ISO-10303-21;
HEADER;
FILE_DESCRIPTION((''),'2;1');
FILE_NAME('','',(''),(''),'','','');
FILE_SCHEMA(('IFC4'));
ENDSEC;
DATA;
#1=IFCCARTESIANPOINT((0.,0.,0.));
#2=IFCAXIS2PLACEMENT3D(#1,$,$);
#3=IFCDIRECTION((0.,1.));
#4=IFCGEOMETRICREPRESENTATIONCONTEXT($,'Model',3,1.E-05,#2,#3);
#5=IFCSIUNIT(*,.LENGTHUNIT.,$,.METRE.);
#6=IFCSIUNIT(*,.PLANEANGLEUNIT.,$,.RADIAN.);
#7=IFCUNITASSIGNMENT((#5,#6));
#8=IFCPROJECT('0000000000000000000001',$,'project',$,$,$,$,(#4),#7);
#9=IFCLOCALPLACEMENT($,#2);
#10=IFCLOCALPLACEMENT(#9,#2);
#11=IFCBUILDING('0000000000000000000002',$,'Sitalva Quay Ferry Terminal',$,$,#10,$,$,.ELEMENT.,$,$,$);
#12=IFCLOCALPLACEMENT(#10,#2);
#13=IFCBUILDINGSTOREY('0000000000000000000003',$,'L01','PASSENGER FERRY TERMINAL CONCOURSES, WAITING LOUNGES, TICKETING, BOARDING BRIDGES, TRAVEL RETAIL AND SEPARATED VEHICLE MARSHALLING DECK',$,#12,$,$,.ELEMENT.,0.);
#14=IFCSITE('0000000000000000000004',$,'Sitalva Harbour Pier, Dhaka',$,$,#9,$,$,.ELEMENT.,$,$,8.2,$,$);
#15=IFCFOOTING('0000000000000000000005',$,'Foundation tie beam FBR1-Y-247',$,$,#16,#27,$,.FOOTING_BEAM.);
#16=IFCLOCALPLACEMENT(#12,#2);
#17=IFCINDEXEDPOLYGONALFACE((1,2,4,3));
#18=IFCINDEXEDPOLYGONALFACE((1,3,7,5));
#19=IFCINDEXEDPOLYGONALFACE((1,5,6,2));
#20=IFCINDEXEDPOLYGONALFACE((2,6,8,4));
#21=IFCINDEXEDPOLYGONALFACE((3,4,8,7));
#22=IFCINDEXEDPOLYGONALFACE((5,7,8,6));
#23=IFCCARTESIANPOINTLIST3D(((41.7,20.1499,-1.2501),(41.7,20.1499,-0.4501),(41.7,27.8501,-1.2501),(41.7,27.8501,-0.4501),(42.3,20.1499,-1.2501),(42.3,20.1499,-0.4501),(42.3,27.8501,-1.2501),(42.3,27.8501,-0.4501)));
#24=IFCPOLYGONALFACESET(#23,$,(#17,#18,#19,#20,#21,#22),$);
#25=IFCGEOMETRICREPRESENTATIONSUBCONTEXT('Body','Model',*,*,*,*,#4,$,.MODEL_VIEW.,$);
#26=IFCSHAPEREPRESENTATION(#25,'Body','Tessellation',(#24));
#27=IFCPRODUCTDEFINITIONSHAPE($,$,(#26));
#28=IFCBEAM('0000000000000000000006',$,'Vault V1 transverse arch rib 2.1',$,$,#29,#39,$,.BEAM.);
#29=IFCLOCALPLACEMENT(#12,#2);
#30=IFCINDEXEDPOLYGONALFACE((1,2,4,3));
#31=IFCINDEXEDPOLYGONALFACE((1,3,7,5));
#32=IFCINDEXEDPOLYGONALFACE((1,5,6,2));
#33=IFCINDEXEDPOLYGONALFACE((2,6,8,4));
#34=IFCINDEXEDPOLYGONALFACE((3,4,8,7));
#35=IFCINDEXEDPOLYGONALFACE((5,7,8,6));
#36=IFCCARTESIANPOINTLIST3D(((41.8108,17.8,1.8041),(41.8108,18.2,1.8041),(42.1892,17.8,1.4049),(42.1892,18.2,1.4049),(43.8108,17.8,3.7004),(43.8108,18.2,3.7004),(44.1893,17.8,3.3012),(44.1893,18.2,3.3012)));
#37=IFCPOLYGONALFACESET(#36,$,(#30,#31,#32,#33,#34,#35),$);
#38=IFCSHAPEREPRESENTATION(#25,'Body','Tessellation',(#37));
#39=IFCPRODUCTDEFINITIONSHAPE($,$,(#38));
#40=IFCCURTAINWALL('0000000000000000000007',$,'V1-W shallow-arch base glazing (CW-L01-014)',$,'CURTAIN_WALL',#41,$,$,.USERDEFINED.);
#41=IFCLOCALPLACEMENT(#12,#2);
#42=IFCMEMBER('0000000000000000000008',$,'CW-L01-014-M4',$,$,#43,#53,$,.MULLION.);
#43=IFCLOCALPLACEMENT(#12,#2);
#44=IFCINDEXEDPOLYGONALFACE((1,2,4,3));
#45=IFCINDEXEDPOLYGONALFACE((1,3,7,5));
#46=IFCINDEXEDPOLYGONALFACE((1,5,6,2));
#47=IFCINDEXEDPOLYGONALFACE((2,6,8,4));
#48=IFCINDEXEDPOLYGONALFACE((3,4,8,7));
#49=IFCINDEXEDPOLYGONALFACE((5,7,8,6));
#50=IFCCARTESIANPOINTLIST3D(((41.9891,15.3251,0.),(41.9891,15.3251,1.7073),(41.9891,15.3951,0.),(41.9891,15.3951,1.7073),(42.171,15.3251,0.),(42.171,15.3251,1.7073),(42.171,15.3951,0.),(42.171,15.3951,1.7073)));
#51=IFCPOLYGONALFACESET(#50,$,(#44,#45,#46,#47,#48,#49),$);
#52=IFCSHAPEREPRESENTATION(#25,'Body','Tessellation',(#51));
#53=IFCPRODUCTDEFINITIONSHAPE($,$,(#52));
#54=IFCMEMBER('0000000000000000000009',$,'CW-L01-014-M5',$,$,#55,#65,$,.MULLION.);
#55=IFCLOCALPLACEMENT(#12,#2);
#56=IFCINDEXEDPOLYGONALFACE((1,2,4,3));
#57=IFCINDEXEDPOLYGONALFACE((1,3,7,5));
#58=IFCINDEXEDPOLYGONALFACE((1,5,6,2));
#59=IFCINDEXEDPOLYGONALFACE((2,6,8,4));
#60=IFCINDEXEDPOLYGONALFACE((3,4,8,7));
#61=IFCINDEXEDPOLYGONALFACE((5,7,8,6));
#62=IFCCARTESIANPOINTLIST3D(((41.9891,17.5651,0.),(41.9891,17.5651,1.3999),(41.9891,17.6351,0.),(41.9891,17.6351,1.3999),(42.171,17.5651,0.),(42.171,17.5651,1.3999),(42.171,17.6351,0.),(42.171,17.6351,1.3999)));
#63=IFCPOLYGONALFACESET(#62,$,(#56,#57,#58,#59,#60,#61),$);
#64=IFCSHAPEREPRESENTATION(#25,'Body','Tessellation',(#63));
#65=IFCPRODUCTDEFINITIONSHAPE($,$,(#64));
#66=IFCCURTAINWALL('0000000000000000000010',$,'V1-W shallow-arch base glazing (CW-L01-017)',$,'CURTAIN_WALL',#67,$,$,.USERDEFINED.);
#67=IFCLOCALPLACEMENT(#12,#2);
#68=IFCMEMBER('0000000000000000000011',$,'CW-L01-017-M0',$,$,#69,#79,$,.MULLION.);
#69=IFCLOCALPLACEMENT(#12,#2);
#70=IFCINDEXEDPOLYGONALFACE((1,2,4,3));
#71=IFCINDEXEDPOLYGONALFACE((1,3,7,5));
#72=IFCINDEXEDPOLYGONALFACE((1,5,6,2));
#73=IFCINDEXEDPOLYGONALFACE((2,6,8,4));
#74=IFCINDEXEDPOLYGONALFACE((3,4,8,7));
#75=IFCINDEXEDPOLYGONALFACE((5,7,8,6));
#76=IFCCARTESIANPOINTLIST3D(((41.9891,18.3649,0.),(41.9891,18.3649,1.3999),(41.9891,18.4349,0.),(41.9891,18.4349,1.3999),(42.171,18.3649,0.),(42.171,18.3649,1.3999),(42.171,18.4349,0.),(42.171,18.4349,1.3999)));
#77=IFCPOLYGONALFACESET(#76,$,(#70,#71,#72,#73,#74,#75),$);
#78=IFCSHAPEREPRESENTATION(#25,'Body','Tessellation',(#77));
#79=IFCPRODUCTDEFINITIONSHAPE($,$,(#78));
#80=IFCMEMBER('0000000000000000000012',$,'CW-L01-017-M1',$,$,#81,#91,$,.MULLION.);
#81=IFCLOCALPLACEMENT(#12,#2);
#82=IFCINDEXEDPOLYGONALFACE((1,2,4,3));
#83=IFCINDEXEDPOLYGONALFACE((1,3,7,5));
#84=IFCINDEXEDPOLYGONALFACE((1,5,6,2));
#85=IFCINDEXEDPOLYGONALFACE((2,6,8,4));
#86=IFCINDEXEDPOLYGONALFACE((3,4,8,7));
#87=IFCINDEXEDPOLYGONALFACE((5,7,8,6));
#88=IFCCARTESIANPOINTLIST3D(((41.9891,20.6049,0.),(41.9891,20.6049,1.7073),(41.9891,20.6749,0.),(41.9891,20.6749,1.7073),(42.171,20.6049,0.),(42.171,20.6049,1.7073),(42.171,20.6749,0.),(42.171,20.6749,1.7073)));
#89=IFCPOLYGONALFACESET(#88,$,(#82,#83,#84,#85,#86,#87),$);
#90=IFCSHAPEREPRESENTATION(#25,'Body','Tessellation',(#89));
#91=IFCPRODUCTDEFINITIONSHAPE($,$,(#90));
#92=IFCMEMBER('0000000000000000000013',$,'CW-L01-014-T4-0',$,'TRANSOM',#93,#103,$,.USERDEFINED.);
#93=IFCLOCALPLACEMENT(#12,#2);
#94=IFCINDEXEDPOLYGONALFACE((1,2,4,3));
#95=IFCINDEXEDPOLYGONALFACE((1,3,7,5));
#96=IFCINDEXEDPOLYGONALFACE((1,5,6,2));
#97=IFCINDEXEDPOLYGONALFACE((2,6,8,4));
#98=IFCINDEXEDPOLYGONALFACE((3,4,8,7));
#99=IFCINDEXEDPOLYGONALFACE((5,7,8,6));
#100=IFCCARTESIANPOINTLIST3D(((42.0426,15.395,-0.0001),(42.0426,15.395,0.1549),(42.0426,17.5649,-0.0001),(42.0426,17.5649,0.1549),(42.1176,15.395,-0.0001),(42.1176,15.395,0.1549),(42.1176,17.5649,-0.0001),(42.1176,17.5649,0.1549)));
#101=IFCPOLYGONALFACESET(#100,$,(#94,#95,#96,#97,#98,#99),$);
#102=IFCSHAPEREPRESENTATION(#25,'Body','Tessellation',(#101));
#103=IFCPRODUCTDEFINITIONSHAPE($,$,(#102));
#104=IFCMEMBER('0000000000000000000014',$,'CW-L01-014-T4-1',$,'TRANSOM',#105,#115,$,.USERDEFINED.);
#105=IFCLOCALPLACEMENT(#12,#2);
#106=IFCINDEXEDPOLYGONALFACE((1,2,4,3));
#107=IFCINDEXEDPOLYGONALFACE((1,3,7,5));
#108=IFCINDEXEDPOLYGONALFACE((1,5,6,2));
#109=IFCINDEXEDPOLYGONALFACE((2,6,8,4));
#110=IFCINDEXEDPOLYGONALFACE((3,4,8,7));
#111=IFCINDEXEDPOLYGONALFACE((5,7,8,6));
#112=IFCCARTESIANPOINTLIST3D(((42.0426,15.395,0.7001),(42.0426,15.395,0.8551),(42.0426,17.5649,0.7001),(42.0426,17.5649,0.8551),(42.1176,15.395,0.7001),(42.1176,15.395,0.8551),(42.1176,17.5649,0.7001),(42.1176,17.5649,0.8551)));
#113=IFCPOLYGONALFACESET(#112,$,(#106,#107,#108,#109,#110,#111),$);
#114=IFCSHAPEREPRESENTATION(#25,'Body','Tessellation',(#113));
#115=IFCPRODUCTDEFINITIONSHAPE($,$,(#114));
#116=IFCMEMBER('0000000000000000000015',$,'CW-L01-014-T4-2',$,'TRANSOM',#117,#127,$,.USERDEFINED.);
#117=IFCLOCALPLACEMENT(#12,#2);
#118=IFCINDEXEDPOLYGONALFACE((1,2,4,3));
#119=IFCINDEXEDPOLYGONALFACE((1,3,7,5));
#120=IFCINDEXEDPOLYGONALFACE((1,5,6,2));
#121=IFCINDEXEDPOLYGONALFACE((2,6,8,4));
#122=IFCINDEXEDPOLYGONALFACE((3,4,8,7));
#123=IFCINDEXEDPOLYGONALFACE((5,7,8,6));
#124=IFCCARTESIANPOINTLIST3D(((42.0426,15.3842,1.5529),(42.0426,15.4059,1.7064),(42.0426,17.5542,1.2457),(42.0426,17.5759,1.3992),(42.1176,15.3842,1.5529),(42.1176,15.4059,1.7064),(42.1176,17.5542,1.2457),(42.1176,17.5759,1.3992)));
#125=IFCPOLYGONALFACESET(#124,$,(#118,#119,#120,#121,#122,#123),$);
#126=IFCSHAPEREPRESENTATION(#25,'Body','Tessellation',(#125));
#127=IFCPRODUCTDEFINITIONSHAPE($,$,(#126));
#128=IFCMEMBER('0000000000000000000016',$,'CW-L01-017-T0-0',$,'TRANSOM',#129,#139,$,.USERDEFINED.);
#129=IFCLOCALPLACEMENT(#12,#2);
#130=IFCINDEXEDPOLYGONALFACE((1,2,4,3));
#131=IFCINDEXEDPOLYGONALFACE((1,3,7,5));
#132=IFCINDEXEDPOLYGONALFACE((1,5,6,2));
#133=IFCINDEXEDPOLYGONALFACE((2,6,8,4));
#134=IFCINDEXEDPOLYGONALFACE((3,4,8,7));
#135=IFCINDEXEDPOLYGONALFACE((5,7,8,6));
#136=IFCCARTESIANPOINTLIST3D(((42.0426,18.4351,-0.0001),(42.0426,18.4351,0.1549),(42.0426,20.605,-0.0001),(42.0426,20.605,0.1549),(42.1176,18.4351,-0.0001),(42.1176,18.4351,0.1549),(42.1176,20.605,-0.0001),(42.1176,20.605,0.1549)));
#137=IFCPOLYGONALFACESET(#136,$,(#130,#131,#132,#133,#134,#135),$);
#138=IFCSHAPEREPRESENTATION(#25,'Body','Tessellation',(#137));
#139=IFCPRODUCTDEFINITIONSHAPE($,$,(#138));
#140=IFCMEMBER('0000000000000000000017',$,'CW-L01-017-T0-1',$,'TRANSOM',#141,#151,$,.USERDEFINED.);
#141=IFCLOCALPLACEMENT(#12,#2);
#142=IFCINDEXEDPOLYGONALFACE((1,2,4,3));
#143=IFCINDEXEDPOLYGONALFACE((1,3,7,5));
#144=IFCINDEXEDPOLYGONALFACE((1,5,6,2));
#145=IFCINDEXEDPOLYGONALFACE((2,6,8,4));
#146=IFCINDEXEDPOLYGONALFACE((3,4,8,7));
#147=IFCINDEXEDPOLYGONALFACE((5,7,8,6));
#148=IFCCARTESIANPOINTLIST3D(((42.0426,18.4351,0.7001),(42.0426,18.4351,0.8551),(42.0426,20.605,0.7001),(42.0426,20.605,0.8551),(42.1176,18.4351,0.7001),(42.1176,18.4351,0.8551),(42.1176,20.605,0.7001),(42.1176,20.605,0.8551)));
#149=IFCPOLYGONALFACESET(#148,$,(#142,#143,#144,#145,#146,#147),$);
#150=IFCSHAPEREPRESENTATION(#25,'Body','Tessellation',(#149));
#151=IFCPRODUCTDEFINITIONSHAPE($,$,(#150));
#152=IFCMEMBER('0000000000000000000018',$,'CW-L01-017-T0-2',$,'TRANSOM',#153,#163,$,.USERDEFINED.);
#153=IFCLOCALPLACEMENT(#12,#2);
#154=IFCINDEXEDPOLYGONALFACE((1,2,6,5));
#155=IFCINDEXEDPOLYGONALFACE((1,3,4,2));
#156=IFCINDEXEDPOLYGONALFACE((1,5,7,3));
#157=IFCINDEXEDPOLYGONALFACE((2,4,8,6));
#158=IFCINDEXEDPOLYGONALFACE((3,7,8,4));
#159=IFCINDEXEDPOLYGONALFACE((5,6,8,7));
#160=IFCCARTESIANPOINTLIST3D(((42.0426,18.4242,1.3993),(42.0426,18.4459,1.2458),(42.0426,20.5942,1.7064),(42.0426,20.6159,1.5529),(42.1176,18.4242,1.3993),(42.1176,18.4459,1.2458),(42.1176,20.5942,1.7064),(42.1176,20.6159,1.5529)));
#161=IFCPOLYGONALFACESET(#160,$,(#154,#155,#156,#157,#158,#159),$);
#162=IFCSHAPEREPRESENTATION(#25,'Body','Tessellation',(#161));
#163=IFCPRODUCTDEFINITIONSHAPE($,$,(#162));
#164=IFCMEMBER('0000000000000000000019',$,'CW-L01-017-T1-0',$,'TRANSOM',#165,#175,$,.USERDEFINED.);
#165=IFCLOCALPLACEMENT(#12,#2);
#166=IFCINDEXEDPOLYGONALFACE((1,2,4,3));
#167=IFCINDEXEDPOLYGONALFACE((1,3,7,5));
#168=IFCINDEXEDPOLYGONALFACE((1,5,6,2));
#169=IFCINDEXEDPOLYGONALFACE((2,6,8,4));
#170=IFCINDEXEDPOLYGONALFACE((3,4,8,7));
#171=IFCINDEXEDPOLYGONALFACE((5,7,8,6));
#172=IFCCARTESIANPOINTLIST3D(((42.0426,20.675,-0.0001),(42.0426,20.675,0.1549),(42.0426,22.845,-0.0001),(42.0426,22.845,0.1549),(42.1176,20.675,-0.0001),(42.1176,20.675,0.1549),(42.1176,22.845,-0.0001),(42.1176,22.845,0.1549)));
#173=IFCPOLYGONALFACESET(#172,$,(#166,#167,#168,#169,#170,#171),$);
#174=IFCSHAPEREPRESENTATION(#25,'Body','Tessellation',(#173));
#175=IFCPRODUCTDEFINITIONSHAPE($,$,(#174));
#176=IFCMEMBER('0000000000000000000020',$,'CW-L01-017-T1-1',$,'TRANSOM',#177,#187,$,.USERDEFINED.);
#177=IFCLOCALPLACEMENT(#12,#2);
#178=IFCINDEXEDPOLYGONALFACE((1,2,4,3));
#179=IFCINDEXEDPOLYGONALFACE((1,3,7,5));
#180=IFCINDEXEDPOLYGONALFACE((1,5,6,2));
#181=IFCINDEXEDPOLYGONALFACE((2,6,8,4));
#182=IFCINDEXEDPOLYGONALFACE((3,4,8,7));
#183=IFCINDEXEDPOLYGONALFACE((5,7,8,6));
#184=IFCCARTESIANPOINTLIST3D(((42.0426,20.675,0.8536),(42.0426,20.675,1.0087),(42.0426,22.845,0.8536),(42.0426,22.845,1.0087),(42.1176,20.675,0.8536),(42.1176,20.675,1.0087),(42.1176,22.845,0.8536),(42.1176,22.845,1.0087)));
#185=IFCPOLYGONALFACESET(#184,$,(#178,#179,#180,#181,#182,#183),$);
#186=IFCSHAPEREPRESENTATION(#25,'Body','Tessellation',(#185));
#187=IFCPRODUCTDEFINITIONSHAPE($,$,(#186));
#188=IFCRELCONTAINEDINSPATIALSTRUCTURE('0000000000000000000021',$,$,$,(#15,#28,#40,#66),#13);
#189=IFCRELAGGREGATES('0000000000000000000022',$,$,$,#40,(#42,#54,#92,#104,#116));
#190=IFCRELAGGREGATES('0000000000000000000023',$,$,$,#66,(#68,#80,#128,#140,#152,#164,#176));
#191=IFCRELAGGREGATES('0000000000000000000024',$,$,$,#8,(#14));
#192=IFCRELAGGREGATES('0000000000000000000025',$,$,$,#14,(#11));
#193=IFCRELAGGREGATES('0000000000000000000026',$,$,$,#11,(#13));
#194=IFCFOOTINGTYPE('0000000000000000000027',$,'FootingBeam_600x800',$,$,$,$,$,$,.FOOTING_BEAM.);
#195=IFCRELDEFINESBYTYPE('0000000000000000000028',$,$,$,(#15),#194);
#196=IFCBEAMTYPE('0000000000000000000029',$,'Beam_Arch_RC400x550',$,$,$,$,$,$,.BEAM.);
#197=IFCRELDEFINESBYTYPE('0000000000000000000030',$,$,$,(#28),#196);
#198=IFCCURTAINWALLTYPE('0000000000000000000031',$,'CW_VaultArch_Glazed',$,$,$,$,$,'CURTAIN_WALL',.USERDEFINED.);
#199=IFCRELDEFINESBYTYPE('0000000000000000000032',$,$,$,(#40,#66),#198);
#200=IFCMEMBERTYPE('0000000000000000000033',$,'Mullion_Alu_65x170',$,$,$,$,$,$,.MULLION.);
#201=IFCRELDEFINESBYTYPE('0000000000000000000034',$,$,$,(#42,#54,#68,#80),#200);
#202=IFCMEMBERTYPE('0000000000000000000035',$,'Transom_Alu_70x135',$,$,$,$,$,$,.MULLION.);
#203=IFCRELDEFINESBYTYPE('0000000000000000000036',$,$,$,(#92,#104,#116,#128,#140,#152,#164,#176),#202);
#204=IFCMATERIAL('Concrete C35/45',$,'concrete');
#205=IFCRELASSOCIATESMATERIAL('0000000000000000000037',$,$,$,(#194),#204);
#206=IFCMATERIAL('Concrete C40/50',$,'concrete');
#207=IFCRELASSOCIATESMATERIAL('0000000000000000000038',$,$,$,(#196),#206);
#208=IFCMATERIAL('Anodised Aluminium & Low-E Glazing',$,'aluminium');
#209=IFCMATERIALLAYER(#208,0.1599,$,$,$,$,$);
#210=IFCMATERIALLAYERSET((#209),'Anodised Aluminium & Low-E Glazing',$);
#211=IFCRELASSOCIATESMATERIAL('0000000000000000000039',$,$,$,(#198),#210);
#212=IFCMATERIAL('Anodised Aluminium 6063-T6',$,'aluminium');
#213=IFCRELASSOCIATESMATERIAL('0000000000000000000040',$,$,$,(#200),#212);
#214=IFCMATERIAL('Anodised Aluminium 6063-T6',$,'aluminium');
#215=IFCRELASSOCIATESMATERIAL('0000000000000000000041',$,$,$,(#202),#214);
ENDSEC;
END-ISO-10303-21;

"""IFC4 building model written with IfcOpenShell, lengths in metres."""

from ifc_helpers import new_model, si_unit, direction, frame, origin, origin_2d, place, context, subcontext, project, spatial, rectangle, extrude, material, layer, layer_set, material_profile, profile_set, type_object, element, aggregate, save


model = new_model("IFC4")

# Units and contexts
model_context = context("Model", 3, precision=1e-05, world=origin(), true_north=direction((0.0, 1.0)))
body_context = subcontext(model_context, "Body", "Model", "MODEL_VIEW")
ifc_project = project(units=[si_unit("LENGTHUNIT", "METRE"), si_unit("PLANEANGLEUNIT", "RADIAN")], contexts=[model_context])

# Site, building, storey
site_placement = place(None, origin())
site = spatial("IfcSite", under=ifc_project, at=site_placement, Name="Sitalva Harbour Pier, Dhaka", CompositionType="ELEMENT", RefElevation=8.2)
building_placement = place(site_placement, origin())
building = spatial("IfcBuilding", under=site, at=building_placement, Name="Sitalva Quay Ferry Terminal", CompositionType="ELEMENT")
storey_placement = place(building_placement, origin())
storey = spatial("IfcBuildingStorey", under=building, at=storey_placement, Name="L01", Description="PASSENGER FERRY TERMINAL CONCOURSES, WAITING LOUNGES, TICKETING, BOARDING BRIDGES, TRAVEL RETAIL AND SEPARATED VEHICLE MARSHALLING DECK", CompositionType="ELEMENT", Elevation=0.0)

# Footing
ifc_material_1 = material(Name="Concrete C35/45", Category="concrete")
ifc_material_profile_1 = material_profile(ifc_material_1, rectangle(XDim=0.6001, YDim=0.8, at=origin_2d()), Name="RC600x800")
ifc_profile_set_1 = profile_set([ifc_material_profile_1], Name="Concrete C35/45")
footing_type = type_object("IfcFootingType", Name="FootingBeam_600x800", PredefinedType="FOOTING_BEAM", material=ifc_profile_set_1)
footing_placement = place(storey_placement, frame((42.0, 20.1499, -0.8501), z_axis=(0.0, 1.0, 0.0), x_axis=(-1.0, 0.0, 0.0)))
element("IfcFooting", 1, at=footing_placement, inside=storey, type_object=footing_type, Name="Foundation tie beam FBR1-Y-247", PredefinedType="FOOTING_BEAM", context=body_context, shape_type="SweptSolid", body=[
    extrude(rectangle(XDim=0.6001, YDim=0.8, at=origin_2d()), origin(), (0.0, 0.0, 1.0), 7.7002),
])

# Beam
ifc_material_2 = material(Name="Concrete C40/50", Category="concrete")
ifc_material_profile_2 = material_profile(ifc_material_2, rectangle(XDim=0.3999, YDim=0.55, at=origin_2d()), Name="RC400x550")
ifc_profile_set_2 = profile_set([ifc_material_profile_2], Name="Concrete C40/50")
beam_type = type_object("IfcBeamType", Name="Beam_Arch_RC400x550", PredefinedType="BEAM", material=ifc_profile_set_2)
beam_placement = place(storey_placement, frame((42.0, 18.0, 1.6045), z_axis=(0.72568, 0.0, 0.688032), x_axis=(0.0, 1.0, 0.0)))
element("IfcBeam", 2, at=beam_placement, inside=storey, type_object=beam_type, Name="Vault V1 transverse arch rib 2.1", PredefinedType="BEAM", context=body_context, shape_type="SweptSolid", body=[
    extrude(rectangle(XDim=0.3999, YDim=0.55, at=origin_2d()), origin(), (0.0, 0.0, 1.0), 2.7561),
])

# Curtain walls, members
ifc_material_3 = material(Name="Anodised Aluminium & Low-E Glazing", Category="aluminium")
ifc_layer_1 = layer(ifc_material_3, 0.1599)
ifc_layer_set_1 = layer_set([ifc_layer_1], Name="Anodised Aluminium & Low-E Glazing")
curtain_wall_type = type_object("IfcCurtainWallType", Name="CW_VaultArch_Glazed", ElementType="CURTAIN_WALL", PredefinedType="USERDEFINED", material=ifc_layer_set_1)
curtain_wall_1_placement = place(storey_placement, origin())
curtain_wall_1 = element("IfcCurtainWall", 3, at=curtain_wall_1_placement, inside=storey, type_object=curtain_wall_type, Name="V1-W shallow-arch base glazing (CW-L01-014)", ObjectType="CURTAIN_WALL", PredefinedType="USERDEFINED")
ifc_material_4 = material(Name="Anodised Aluminium 6063-T6", Category="aluminium")
ifc_material_profile_3 = material_profile(ifc_material_4, rectangle(XDim=0.0701, YDim=0.1819, at=origin_2d()), Name="ALU70x182")
ifc_profile_set_3 = profile_set([ifc_material_profile_3], Name="Anodised Aluminium 6063-T6")
member_type_1 = type_object("IfcMemberType", Name="Mullion_Alu_65x170", PredefinedType="MULLION", material=ifc_profile_set_3)
member_1_placement = place(storey_placement, frame((42.0801, 15.3601, 0.0), z_axis=(0.0, 0.0, 1.0), x_axis=(0.0, 1.0, 0.0)))
member_1 = element("IfcMember", 4, at=member_1_placement, type_object=member_type_1, Name="CW-L01-014-M4", PredefinedType="MULLION", context=body_context, shape_type="SweptSolid", body=[
    extrude(rectangle(XDim=0.0701, YDim=0.1819, at=origin_2d()), origin(), (0.0, 0.0, 1.0), 1.7073),
])
member_2_placement = place(storey_placement, frame((42.0801, 17.6001, 0.0), z_axis=(0.0, 0.0, 1.0), x_axis=(0.0, 1.0, 0.0)))
member_2 = element("IfcMember", 5, at=member_2_placement, type_object=member_type_1, Name="CW-L01-014-M5", PredefinedType="MULLION", context=body_context, shape_type="SweptSolid", body=[
    extrude(rectangle(XDim=0.0701, YDim=0.1819, at=origin_2d()), origin(), (0.0, 0.0, 1.0), 1.3999),
])
curtain_wall_2_placement = place(storey_placement, origin())
curtain_wall_2 = element("IfcCurtainWall", 6, at=curtain_wall_2_placement, inside=storey, type_object=curtain_wall_type, Name="V1-W shallow-arch base glazing (CW-L01-017)", ObjectType="CURTAIN_WALL", PredefinedType="USERDEFINED")
member_3_placement = place(storey_placement, frame((42.0801, 18.3999, 0.0), z_axis=(0.0, 0.0, 1.0), x_axis=(0.0, 1.0, 0.0)))
member_3 = element("IfcMember", 7, at=member_3_placement, type_object=member_type_1, Name="CW-L01-017-M0", PredefinedType="MULLION", context=body_context, shape_type="SweptSolid", body=[
    extrude(rectangle(XDim=0.0701, YDim=0.1819, at=origin_2d()), origin(), (0.0, 0.0, 1.0), 1.3999),
])
member_4_placement = place(storey_placement, frame((42.0801, 20.6399, 0.0), z_axis=(0.0, 0.0, 1.0), x_axis=(0.0, 1.0, 0.0)))
member_4 = element("IfcMember", 8, at=member_4_placement, type_object=member_type_1, Name="CW-L01-017-M1", PredefinedType="MULLION", context=body_context, shape_type="SweptSolid", body=[
    extrude(rectangle(XDim=0.0701, YDim=0.1819, at=origin_2d()), origin(), (0.0, 0.0, 1.0), 1.7073),
])

# Members
ifc_material_5 = material(Name="Anodised Aluminium 6063-T6", Category="aluminium")
ifc_material_profile_4 = material_profile(ifc_material_5, rectangle(XDim=0.075, YDim=0.155, at=origin_2d()), Name="ALU75x155")
ifc_profile_set_4 = profile_set([ifc_material_profile_4], Name="Anodised Aluminium 6063-T6")
member_type_2 = type_object("IfcMemberType", Name="Transom_Alu_70x135", PredefinedType="MULLION", material=ifc_profile_set_4)
member_5_placement = place(storey_placement, frame((42.0801, 15.395, 0.0774), z_axis=(0.0, 1.0, 0.0), x_axis=(-1.0, 0.0, 0.0)))
member_5 = element("IfcMember", 9, at=member_5_placement, type_object=member_type_2, Name="CW-L01-014-T4-0", ObjectType="TRANSOM", PredefinedType="USERDEFINED", context=body_context, shape_type="SweptSolid", body=[
    extrude(rectangle(XDim=0.075, YDim=0.155, at=origin_2d()), origin(), (0.0, 0.0, 1.0), 2.1699),
])
member_6_placement = place(storey_placement, frame((42.0801, 15.395, 0.7776), z_axis=(0.0, 1.0, 0.0), x_axis=(-1.0, 0.0, 0.0)))
member_6 = element("IfcMember", 10, at=member_6_placement, type_object=member_type_2, Name="CW-L01-014-T4-1", ObjectType="TRANSOM", PredefinedType="USERDEFINED", context=body_context, shape_type="SweptSolid", body=[
    extrude(rectangle(XDim=0.075, YDim=0.155, at=origin_2d()), origin(), (0.0, 0.0, 1.0), 2.1699),
])
member_7_placement = place(storey_placement, frame((42.0801, 15.395, 1.6296), z_axis=(0.0, 0.990131, -0.140142), x_axis=(-1.0, 0.0, 0.0)))
member_7 = element("IfcMember", 11, at=member_7_placement, type_object=member_type_2, Name="CW-L01-014-T4-2", ObjectType="TRANSOM", PredefinedType="USERDEFINED", context=body_context, shape_type="SweptSolid", body=[
    extrude(rectangle(XDim=0.075, YDim=0.155, at=origin_2d()), origin(), (0.0, 0.0, 1.0), 2.1917),
])
member_8_placement = place(storey_placement, frame((42.0801, 18.4351, 0.0774), z_axis=(0.0, 1.0, 0.0), x_axis=(-1.0, 0.0, 0.0)))
member_8 = element("IfcMember", 12, at=member_8_placement, type_object=member_type_2, Name="CW-L01-017-T0-0", ObjectType="TRANSOM", PredefinedType="USERDEFINED", context=body_context, shape_type="SweptSolid", body=[
    extrude(rectangle(XDim=0.075, YDim=0.155, at=origin_2d()), origin(), (0.0, 0.0, 1.0), 2.1699),
])
member_9_placement = place(storey_placement, frame((42.0801, 18.4351, 0.7776), z_axis=(0.0, 1.0, 0.0), x_axis=(-1.0, 0.0, 0.0)))
member_9 = element("IfcMember", 13, at=member_9_placement, type_object=member_type_2, Name="CW-L01-017-T0-1", ObjectType="TRANSOM", PredefinedType="USERDEFINED", context=body_context, shape_type="SweptSolid", body=[
    extrude(rectangle(XDim=0.075, YDim=0.155, at=origin_2d()), origin(), (0.0, 0.0, 1.0), 2.1699),
])
member_10_placement = place(storey_placement, frame((42.0801, 18.4351, 1.3225), z_axis=(0.0, 0.990131, 0.140142), x_axis=(-1.0, 0.0, 0.0)))
member_10 = element("IfcMember", 14, at=member_10_placement, type_object=member_type_2, Name="CW-L01-017-T0-2", ObjectType="TRANSOM", PredefinedType="USERDEFINED", context=body_context, shape_type="SweptSolid", body=[
    extrude(rectangle(XDim=0.075, YDim=0.155, at=origin_2d()), origin(), (0.0, 0.0, 1.0), 2.1917),
])
member_11_placement = place(storey_placement, frame((42.0801, 20.675, 0.0774), z_axis=(0.0, 1.0, 0.0), x_axis=(-1.0, 0.0, 0.0)))
member_11 = element("IfcMember", 15, at=member_11_placement, type_object=member_type_2, Name="CW-L01-017-T1-0", ObjectType="TRANSOM", PredefinedType="USERDEFINED", context=body_context, shape_type="SweptSolid", body=[
    extrude(rectangle(XDim=0.075, YDim=0.155, at=origin_2d()), origin(), (0.0, 0.0, 1.0), 2.1699),
])
member_12_placement = place(storey_placement, frame((42.0801, 20.675, 0.9312), z_axis=(0.0, 1.0, 0.0), x_axis=(-1.0, 0.0, 0.0)))
member_12 = element("IfcMember", 16, at=member_12_placement, type_object=member_type_2, Name="CW-L01-017-T1-1", ObjectType="TRANSOM", PredefinedType="USERDEFINED", context=body_context, shape_type="SweptSolid", body=[
    extrude(rectangle(XDim=0.075, YDim=0.155, at=origin_2d()), origin(), (0.0, 0.0, 1.0), 2.1699),
])

aggregate(curtain_wall_1, [member_1, member_2, member_5, member_6, member_7])
aggregate(curtain_wall_2, [member_3, member_4, member_8, member_9, member_10, member_11, member_12])

save(model, "model.ifc")
